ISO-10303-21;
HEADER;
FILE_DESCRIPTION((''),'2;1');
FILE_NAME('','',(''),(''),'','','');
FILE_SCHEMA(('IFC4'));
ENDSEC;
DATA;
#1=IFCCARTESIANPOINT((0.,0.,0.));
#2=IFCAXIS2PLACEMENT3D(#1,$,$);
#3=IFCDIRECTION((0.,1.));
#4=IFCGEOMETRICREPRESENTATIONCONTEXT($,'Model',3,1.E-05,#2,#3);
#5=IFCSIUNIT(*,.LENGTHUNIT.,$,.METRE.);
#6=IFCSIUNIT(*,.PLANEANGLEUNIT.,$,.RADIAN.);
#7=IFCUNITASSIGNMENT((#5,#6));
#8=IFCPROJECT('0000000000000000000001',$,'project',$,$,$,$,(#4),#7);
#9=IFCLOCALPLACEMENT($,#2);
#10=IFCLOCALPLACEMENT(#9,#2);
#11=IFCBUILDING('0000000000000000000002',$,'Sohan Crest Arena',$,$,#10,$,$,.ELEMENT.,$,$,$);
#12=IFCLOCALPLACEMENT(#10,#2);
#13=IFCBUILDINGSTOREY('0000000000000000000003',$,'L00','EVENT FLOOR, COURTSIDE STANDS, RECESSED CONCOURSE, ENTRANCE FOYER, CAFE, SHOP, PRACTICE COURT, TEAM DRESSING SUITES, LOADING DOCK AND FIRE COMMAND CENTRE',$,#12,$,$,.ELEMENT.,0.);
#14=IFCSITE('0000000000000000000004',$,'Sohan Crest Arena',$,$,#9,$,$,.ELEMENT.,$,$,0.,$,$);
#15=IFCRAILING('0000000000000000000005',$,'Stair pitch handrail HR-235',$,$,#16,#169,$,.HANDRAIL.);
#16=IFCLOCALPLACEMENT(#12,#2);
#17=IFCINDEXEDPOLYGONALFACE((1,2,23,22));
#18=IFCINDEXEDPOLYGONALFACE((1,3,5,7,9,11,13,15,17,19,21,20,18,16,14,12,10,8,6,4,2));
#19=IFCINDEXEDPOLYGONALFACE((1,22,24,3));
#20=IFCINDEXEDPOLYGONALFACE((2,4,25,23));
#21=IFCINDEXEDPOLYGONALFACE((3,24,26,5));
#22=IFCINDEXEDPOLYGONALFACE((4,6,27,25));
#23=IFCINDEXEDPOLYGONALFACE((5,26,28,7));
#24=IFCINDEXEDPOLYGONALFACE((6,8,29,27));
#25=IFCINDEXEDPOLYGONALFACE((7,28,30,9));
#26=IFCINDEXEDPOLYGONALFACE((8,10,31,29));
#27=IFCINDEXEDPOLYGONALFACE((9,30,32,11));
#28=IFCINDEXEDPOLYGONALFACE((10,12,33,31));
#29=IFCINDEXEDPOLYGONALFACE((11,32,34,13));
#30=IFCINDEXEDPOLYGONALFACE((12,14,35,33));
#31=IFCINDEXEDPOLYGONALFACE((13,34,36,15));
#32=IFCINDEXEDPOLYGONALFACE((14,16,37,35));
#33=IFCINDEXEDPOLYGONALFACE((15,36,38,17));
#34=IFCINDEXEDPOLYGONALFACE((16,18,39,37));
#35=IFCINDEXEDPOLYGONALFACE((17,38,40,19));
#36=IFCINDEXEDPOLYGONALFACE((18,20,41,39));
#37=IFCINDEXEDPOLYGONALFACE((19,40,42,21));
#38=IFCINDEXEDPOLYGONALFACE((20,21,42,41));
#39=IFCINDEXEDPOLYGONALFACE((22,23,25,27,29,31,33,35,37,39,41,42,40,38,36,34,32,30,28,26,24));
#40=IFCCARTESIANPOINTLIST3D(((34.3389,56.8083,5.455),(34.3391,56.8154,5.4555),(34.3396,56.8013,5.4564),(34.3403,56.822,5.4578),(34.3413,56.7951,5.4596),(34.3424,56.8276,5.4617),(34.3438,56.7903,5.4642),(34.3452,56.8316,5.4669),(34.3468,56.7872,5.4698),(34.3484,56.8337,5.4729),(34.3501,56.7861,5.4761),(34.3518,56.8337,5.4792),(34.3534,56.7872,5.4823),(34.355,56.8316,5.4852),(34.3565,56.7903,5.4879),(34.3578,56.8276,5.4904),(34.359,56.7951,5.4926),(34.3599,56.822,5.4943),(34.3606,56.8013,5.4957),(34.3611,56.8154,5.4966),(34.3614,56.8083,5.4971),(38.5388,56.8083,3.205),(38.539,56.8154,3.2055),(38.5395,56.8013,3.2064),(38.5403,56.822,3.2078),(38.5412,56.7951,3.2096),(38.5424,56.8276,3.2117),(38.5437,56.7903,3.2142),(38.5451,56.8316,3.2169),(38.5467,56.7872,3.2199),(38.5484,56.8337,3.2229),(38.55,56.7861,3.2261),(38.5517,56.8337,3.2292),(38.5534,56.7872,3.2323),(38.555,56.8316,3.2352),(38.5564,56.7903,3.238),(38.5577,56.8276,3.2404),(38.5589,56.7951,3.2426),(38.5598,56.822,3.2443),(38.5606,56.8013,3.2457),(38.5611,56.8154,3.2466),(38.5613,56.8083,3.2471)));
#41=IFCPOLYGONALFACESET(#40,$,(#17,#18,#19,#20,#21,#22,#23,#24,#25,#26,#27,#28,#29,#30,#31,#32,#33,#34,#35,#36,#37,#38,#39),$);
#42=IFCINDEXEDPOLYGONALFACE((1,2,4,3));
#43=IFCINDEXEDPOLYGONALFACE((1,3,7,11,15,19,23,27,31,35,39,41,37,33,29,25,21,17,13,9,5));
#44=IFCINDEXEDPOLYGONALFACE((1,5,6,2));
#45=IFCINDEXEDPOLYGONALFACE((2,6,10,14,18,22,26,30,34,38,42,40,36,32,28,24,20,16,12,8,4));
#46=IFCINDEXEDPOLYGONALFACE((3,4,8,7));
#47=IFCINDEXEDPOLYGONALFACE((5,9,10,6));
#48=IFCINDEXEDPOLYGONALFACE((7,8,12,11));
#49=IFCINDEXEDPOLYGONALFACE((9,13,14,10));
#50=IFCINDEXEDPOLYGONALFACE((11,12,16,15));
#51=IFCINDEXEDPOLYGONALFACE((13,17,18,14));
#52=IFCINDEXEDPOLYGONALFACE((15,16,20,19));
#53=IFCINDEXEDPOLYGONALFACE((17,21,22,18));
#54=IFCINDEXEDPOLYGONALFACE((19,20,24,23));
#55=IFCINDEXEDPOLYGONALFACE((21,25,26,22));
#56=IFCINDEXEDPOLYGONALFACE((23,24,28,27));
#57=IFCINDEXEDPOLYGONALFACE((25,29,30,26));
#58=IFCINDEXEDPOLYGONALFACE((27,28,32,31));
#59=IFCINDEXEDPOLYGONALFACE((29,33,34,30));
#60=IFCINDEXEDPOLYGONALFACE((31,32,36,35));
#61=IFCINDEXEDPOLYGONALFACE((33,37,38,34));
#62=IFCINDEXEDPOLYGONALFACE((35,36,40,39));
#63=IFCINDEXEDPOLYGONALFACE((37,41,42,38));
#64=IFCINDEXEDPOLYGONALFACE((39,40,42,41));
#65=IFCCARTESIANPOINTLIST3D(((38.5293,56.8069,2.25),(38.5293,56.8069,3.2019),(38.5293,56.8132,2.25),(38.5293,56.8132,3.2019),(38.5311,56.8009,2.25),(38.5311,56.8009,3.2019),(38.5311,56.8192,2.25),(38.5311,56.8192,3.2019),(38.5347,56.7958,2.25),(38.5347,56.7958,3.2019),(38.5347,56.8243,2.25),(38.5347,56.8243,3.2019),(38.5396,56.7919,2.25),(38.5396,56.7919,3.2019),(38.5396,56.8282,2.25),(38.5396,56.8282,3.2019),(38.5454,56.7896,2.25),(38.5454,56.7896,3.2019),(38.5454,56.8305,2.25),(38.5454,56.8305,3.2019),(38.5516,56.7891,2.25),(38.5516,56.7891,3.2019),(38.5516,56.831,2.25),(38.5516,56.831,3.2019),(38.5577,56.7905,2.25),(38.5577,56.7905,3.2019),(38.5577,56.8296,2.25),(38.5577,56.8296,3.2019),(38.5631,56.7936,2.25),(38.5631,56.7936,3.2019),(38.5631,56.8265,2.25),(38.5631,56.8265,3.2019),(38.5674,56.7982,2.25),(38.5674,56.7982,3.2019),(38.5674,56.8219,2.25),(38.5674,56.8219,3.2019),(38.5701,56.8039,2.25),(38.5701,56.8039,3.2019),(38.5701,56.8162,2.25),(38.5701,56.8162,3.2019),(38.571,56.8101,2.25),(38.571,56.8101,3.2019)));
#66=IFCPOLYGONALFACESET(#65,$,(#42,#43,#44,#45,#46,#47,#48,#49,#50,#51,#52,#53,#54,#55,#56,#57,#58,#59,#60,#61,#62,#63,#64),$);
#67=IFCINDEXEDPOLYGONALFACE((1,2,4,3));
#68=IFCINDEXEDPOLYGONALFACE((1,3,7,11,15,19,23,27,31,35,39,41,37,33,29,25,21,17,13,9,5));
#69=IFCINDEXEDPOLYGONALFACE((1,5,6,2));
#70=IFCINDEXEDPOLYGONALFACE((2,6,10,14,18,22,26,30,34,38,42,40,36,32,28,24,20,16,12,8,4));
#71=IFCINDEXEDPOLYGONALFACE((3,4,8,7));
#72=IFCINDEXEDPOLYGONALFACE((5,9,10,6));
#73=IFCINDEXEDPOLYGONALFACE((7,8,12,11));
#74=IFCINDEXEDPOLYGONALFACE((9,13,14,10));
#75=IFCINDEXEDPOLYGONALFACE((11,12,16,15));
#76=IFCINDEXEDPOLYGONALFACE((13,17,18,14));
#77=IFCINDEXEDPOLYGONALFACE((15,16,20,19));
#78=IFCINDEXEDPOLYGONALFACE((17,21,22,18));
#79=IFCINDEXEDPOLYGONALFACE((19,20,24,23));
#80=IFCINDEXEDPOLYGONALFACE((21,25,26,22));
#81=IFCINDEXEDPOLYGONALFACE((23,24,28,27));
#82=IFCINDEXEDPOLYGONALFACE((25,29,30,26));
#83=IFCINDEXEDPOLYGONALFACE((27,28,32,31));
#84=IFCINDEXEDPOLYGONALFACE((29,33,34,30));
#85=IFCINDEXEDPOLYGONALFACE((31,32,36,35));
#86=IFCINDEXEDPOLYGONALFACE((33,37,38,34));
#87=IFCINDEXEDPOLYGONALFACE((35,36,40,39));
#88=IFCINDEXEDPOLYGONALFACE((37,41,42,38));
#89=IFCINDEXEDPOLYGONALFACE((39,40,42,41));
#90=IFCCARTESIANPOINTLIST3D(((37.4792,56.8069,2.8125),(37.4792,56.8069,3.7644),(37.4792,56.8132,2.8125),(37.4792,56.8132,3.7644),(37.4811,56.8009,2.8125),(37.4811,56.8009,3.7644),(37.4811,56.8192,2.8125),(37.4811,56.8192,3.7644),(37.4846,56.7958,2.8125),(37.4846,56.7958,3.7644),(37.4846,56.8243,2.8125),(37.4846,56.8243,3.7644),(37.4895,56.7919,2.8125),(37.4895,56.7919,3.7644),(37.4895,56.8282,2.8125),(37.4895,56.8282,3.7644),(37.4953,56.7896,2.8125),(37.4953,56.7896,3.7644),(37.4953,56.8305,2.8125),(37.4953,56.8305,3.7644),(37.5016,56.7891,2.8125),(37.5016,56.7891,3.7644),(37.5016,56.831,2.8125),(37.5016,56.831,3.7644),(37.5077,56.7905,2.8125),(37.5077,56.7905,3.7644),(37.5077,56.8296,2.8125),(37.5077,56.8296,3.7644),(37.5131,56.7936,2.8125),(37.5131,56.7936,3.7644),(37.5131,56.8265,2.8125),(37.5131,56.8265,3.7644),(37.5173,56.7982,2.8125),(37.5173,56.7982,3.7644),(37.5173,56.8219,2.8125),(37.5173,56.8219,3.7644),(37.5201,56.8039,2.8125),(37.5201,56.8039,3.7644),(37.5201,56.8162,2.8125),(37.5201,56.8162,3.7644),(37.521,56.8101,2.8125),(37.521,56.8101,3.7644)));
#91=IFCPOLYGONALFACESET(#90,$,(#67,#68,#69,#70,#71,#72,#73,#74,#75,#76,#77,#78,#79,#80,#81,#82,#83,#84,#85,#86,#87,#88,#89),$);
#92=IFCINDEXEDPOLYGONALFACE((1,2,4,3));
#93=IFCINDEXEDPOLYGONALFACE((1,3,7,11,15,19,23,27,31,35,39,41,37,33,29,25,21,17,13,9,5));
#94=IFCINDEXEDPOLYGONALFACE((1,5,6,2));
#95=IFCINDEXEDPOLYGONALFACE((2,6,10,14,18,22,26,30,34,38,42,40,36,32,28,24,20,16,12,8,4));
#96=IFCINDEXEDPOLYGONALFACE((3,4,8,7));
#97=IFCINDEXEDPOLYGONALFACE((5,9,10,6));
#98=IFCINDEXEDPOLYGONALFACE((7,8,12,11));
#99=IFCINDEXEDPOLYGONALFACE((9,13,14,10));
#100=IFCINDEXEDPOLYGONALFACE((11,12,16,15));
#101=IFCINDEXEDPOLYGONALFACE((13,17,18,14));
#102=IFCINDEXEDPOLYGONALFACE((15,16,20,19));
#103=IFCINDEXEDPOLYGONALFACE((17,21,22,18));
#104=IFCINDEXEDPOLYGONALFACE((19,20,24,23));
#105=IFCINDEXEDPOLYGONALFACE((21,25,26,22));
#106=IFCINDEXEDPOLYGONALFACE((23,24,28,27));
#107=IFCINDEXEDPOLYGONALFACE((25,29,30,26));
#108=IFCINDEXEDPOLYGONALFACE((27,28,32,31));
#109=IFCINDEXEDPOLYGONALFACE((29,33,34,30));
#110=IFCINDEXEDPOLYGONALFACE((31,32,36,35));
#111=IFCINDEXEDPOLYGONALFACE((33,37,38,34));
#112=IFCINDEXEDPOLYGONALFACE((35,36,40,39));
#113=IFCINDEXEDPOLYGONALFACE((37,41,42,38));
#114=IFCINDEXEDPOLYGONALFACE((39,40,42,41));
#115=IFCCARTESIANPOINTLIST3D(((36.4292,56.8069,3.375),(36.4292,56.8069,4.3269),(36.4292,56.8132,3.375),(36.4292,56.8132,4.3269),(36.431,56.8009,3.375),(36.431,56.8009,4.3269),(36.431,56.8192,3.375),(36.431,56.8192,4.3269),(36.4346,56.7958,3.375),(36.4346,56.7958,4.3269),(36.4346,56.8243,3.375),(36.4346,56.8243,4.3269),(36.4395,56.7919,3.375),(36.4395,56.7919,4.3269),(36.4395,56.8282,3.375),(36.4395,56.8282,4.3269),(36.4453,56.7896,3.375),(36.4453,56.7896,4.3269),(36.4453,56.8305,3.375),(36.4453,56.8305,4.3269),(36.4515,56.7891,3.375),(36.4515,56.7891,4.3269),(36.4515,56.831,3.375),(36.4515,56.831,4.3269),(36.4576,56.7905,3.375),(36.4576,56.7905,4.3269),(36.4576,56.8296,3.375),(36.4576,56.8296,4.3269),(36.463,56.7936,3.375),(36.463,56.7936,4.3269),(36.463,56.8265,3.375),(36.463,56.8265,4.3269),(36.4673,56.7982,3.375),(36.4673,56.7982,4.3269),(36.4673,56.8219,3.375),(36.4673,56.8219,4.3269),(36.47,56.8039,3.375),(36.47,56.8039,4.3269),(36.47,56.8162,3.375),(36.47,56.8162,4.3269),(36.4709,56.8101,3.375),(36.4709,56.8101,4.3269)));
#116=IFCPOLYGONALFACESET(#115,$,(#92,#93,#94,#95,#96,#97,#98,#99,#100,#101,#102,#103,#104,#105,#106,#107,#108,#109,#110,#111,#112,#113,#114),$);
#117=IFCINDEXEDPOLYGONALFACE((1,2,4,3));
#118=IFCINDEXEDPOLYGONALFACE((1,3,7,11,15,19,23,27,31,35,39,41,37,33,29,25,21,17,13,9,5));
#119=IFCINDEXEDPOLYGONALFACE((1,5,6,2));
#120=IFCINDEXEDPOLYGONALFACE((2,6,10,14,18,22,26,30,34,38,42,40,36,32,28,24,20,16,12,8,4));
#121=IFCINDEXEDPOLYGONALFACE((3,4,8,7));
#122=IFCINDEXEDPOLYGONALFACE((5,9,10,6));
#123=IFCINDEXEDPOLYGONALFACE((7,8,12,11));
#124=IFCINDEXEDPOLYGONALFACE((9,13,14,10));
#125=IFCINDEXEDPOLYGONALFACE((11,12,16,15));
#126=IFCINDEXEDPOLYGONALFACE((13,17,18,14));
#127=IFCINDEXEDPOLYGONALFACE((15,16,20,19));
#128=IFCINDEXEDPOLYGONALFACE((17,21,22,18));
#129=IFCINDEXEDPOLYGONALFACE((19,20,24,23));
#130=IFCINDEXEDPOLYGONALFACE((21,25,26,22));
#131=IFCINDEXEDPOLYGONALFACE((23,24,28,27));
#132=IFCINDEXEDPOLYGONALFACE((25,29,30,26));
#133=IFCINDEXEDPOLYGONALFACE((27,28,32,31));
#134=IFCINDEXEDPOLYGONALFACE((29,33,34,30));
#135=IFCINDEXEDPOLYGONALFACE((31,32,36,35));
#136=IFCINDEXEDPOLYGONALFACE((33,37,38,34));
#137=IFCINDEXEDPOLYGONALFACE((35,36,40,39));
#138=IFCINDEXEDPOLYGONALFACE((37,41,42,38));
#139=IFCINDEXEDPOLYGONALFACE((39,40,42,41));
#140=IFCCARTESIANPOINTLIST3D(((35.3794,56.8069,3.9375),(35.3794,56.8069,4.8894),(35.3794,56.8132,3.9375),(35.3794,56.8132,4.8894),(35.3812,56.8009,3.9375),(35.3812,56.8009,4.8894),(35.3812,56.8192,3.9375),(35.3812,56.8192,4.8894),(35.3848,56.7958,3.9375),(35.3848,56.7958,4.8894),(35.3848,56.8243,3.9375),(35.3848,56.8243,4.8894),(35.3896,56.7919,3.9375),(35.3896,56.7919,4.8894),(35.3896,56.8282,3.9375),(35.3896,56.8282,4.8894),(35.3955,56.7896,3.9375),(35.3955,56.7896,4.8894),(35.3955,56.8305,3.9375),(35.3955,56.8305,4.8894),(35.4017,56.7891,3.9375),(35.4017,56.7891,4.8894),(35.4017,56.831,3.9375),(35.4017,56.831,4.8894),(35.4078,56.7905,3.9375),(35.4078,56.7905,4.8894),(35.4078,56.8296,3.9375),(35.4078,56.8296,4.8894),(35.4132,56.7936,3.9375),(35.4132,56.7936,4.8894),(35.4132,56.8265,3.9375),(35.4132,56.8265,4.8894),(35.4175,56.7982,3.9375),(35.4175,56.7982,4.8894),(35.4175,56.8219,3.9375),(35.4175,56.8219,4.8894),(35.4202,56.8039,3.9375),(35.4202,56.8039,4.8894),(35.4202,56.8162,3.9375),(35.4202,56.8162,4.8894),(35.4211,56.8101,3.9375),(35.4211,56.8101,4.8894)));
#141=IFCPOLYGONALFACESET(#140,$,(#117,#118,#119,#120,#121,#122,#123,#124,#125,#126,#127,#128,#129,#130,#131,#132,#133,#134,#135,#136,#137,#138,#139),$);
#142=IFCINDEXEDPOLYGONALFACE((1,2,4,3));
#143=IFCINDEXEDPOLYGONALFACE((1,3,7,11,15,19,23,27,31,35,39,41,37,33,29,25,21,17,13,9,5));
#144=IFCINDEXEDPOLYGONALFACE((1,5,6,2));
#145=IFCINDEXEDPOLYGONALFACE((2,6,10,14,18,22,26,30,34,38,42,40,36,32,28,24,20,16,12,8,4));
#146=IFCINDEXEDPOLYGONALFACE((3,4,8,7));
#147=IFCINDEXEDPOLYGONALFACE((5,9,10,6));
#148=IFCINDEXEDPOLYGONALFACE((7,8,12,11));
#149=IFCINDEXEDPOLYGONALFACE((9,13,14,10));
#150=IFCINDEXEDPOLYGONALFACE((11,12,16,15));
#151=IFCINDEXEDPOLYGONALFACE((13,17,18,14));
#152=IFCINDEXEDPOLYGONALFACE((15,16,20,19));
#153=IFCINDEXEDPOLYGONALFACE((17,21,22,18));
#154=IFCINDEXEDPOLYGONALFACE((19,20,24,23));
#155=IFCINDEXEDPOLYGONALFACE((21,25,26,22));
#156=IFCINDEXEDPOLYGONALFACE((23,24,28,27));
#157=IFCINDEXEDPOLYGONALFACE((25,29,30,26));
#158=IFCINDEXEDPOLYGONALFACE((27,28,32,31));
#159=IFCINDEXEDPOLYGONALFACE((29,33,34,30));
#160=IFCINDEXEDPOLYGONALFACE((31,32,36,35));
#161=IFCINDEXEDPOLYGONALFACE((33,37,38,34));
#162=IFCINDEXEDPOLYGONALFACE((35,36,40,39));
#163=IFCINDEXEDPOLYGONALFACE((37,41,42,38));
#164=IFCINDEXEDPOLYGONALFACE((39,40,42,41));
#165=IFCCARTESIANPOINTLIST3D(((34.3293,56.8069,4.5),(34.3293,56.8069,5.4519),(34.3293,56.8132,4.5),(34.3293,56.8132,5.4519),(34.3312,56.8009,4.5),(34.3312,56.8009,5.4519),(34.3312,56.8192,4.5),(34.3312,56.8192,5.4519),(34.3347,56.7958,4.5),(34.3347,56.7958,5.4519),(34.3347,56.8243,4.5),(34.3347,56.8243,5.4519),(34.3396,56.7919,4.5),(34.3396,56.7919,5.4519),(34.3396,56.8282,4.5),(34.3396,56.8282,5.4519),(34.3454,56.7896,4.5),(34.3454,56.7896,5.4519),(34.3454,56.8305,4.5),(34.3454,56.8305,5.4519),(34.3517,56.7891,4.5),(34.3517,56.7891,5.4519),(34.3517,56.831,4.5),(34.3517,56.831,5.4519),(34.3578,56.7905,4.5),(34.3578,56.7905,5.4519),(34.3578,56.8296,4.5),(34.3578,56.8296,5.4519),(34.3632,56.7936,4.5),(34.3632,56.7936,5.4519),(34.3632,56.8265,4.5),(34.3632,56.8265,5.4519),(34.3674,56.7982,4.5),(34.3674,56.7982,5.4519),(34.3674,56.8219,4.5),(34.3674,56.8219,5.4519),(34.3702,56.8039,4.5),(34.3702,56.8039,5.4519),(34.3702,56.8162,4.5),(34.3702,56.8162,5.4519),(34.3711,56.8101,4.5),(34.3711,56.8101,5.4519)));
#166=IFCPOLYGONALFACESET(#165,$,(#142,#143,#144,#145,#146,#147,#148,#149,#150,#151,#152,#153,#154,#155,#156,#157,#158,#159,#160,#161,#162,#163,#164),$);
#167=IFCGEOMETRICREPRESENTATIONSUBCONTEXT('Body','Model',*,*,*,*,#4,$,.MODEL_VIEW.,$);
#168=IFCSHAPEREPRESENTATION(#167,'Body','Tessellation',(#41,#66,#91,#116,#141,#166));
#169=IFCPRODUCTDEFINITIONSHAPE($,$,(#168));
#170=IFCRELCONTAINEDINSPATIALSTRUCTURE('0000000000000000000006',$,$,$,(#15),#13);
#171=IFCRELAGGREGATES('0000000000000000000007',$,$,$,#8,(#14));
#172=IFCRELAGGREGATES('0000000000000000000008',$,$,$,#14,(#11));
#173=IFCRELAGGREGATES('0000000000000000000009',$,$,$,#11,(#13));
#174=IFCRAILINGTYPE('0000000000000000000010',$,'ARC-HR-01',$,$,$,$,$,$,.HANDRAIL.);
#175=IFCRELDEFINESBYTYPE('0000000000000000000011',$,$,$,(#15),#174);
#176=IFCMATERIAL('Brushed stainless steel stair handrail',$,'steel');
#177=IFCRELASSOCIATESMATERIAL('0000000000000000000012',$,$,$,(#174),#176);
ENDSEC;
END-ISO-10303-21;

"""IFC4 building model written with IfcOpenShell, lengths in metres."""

from ifc_helpers import new_model, si_unit, direction, frame, origin, origin_2d, place, context, subcontext, project, spatial, circle, extrude, material, type_object, element, save


model = new_model("IFC4")

# Units and contexts
model_context = context("Model", 3, precision=1e-05, world=origin(), true_north=direction((0.0, 1.0)))
body_context = subcontext(model_context, "Body", "Model", "MODEL_VIEW")
ifc_project = project(units=[si_unit("LENGTHUNIT", "METRE"), si_unit("PLANEANGLEUNIT", "RADIAN")], contexts=[model_context])

# Site, building, storey
site_placement = place(None, origin())
site = spatial("IfcSite", under=ifc_project, at=site_placement, Name="Sohan Crest Arena", CompositionType="ELEMENT", RefElevation=0.0)
building_placement = place(site_placement, origin())
building = spatial("IfcBuilding", under=site, at=building_placement, Name="Sohan Crest Arena", CompositionType="ELEMENT")
storey_placement = place(building_placement, origin())
storey = spatial("IfcBuildingStorey", under=building, at=storey_placement, Name="L00", Description="EVENT FLOOR, COURTSIDE STANDS, RECESSED CONCOURSE, ENTRANCE FOYER, CAFE, SHOP, PRACTICE COURT, TEAM DRESSING SUITES, LOADING DOCK AND FIRE COMMAND CENTRE", CompositionType="ELEMENT", Elevation=0.0)

# Railing
ifc_material_1 = material(Name="Brushed stainless steel stair handrail", Category="steel")
railing_type_1 = type_object("IfcRailingType", Name="ARC-HR-01", PredefinedType="HANDRAIL", material=ifc_material_1)
railing_1_placement = place(storey_placement, frame((38.55, 56.8101, 2.25)))
element("IfcRailing", 1, at=railing_1_placement, inside=storey, type_object=railing_type_1, Name="Stair pitch handrail HR-235", PredefinedType="HANDRAIL", context=body_context, shape_type="SweptSolid", body=[
    extrude(circle(Radius=0.0239, at=origin_2d()), frame((0.0, 0.0, 0.9761), z_axis=(-0.881478, 0.0, 0.472226), x_axis=(0.0, -1.0, 0.0)), (0.0, 0.0, 1.0), 4.7646),
    extrude(circle(Radius=0.021, at=origin_2d()), origin(), (0.0, 0.0, 1.0), 0.9519),
    extrude(circle(Radius=0.021, at=origin_2d()), frame((-1.05, 0.0, 0.5625)), (0.0, 0.0, 1.0), 0.9519),
    extrude(circle(Radius=0.021, at=origin_2d()), frame((-2.1001, 0.0, 1.125)), (0.0, 0.0, 1.0), 0.9519),
    extrude(circle(Radius=0.021, at=origin_2d()), frame((-3.1499, 0.0, 1.6875)), (0.0, 0.0, 1.0), 0.9519),
    extrude(circle(Radius=0.021, at=origin_2d()), frame((-4.2, 0.0, 2.25)), (0.0, 0.0, 1.0), 0.9519),
])

save(model, "model.ifc")
